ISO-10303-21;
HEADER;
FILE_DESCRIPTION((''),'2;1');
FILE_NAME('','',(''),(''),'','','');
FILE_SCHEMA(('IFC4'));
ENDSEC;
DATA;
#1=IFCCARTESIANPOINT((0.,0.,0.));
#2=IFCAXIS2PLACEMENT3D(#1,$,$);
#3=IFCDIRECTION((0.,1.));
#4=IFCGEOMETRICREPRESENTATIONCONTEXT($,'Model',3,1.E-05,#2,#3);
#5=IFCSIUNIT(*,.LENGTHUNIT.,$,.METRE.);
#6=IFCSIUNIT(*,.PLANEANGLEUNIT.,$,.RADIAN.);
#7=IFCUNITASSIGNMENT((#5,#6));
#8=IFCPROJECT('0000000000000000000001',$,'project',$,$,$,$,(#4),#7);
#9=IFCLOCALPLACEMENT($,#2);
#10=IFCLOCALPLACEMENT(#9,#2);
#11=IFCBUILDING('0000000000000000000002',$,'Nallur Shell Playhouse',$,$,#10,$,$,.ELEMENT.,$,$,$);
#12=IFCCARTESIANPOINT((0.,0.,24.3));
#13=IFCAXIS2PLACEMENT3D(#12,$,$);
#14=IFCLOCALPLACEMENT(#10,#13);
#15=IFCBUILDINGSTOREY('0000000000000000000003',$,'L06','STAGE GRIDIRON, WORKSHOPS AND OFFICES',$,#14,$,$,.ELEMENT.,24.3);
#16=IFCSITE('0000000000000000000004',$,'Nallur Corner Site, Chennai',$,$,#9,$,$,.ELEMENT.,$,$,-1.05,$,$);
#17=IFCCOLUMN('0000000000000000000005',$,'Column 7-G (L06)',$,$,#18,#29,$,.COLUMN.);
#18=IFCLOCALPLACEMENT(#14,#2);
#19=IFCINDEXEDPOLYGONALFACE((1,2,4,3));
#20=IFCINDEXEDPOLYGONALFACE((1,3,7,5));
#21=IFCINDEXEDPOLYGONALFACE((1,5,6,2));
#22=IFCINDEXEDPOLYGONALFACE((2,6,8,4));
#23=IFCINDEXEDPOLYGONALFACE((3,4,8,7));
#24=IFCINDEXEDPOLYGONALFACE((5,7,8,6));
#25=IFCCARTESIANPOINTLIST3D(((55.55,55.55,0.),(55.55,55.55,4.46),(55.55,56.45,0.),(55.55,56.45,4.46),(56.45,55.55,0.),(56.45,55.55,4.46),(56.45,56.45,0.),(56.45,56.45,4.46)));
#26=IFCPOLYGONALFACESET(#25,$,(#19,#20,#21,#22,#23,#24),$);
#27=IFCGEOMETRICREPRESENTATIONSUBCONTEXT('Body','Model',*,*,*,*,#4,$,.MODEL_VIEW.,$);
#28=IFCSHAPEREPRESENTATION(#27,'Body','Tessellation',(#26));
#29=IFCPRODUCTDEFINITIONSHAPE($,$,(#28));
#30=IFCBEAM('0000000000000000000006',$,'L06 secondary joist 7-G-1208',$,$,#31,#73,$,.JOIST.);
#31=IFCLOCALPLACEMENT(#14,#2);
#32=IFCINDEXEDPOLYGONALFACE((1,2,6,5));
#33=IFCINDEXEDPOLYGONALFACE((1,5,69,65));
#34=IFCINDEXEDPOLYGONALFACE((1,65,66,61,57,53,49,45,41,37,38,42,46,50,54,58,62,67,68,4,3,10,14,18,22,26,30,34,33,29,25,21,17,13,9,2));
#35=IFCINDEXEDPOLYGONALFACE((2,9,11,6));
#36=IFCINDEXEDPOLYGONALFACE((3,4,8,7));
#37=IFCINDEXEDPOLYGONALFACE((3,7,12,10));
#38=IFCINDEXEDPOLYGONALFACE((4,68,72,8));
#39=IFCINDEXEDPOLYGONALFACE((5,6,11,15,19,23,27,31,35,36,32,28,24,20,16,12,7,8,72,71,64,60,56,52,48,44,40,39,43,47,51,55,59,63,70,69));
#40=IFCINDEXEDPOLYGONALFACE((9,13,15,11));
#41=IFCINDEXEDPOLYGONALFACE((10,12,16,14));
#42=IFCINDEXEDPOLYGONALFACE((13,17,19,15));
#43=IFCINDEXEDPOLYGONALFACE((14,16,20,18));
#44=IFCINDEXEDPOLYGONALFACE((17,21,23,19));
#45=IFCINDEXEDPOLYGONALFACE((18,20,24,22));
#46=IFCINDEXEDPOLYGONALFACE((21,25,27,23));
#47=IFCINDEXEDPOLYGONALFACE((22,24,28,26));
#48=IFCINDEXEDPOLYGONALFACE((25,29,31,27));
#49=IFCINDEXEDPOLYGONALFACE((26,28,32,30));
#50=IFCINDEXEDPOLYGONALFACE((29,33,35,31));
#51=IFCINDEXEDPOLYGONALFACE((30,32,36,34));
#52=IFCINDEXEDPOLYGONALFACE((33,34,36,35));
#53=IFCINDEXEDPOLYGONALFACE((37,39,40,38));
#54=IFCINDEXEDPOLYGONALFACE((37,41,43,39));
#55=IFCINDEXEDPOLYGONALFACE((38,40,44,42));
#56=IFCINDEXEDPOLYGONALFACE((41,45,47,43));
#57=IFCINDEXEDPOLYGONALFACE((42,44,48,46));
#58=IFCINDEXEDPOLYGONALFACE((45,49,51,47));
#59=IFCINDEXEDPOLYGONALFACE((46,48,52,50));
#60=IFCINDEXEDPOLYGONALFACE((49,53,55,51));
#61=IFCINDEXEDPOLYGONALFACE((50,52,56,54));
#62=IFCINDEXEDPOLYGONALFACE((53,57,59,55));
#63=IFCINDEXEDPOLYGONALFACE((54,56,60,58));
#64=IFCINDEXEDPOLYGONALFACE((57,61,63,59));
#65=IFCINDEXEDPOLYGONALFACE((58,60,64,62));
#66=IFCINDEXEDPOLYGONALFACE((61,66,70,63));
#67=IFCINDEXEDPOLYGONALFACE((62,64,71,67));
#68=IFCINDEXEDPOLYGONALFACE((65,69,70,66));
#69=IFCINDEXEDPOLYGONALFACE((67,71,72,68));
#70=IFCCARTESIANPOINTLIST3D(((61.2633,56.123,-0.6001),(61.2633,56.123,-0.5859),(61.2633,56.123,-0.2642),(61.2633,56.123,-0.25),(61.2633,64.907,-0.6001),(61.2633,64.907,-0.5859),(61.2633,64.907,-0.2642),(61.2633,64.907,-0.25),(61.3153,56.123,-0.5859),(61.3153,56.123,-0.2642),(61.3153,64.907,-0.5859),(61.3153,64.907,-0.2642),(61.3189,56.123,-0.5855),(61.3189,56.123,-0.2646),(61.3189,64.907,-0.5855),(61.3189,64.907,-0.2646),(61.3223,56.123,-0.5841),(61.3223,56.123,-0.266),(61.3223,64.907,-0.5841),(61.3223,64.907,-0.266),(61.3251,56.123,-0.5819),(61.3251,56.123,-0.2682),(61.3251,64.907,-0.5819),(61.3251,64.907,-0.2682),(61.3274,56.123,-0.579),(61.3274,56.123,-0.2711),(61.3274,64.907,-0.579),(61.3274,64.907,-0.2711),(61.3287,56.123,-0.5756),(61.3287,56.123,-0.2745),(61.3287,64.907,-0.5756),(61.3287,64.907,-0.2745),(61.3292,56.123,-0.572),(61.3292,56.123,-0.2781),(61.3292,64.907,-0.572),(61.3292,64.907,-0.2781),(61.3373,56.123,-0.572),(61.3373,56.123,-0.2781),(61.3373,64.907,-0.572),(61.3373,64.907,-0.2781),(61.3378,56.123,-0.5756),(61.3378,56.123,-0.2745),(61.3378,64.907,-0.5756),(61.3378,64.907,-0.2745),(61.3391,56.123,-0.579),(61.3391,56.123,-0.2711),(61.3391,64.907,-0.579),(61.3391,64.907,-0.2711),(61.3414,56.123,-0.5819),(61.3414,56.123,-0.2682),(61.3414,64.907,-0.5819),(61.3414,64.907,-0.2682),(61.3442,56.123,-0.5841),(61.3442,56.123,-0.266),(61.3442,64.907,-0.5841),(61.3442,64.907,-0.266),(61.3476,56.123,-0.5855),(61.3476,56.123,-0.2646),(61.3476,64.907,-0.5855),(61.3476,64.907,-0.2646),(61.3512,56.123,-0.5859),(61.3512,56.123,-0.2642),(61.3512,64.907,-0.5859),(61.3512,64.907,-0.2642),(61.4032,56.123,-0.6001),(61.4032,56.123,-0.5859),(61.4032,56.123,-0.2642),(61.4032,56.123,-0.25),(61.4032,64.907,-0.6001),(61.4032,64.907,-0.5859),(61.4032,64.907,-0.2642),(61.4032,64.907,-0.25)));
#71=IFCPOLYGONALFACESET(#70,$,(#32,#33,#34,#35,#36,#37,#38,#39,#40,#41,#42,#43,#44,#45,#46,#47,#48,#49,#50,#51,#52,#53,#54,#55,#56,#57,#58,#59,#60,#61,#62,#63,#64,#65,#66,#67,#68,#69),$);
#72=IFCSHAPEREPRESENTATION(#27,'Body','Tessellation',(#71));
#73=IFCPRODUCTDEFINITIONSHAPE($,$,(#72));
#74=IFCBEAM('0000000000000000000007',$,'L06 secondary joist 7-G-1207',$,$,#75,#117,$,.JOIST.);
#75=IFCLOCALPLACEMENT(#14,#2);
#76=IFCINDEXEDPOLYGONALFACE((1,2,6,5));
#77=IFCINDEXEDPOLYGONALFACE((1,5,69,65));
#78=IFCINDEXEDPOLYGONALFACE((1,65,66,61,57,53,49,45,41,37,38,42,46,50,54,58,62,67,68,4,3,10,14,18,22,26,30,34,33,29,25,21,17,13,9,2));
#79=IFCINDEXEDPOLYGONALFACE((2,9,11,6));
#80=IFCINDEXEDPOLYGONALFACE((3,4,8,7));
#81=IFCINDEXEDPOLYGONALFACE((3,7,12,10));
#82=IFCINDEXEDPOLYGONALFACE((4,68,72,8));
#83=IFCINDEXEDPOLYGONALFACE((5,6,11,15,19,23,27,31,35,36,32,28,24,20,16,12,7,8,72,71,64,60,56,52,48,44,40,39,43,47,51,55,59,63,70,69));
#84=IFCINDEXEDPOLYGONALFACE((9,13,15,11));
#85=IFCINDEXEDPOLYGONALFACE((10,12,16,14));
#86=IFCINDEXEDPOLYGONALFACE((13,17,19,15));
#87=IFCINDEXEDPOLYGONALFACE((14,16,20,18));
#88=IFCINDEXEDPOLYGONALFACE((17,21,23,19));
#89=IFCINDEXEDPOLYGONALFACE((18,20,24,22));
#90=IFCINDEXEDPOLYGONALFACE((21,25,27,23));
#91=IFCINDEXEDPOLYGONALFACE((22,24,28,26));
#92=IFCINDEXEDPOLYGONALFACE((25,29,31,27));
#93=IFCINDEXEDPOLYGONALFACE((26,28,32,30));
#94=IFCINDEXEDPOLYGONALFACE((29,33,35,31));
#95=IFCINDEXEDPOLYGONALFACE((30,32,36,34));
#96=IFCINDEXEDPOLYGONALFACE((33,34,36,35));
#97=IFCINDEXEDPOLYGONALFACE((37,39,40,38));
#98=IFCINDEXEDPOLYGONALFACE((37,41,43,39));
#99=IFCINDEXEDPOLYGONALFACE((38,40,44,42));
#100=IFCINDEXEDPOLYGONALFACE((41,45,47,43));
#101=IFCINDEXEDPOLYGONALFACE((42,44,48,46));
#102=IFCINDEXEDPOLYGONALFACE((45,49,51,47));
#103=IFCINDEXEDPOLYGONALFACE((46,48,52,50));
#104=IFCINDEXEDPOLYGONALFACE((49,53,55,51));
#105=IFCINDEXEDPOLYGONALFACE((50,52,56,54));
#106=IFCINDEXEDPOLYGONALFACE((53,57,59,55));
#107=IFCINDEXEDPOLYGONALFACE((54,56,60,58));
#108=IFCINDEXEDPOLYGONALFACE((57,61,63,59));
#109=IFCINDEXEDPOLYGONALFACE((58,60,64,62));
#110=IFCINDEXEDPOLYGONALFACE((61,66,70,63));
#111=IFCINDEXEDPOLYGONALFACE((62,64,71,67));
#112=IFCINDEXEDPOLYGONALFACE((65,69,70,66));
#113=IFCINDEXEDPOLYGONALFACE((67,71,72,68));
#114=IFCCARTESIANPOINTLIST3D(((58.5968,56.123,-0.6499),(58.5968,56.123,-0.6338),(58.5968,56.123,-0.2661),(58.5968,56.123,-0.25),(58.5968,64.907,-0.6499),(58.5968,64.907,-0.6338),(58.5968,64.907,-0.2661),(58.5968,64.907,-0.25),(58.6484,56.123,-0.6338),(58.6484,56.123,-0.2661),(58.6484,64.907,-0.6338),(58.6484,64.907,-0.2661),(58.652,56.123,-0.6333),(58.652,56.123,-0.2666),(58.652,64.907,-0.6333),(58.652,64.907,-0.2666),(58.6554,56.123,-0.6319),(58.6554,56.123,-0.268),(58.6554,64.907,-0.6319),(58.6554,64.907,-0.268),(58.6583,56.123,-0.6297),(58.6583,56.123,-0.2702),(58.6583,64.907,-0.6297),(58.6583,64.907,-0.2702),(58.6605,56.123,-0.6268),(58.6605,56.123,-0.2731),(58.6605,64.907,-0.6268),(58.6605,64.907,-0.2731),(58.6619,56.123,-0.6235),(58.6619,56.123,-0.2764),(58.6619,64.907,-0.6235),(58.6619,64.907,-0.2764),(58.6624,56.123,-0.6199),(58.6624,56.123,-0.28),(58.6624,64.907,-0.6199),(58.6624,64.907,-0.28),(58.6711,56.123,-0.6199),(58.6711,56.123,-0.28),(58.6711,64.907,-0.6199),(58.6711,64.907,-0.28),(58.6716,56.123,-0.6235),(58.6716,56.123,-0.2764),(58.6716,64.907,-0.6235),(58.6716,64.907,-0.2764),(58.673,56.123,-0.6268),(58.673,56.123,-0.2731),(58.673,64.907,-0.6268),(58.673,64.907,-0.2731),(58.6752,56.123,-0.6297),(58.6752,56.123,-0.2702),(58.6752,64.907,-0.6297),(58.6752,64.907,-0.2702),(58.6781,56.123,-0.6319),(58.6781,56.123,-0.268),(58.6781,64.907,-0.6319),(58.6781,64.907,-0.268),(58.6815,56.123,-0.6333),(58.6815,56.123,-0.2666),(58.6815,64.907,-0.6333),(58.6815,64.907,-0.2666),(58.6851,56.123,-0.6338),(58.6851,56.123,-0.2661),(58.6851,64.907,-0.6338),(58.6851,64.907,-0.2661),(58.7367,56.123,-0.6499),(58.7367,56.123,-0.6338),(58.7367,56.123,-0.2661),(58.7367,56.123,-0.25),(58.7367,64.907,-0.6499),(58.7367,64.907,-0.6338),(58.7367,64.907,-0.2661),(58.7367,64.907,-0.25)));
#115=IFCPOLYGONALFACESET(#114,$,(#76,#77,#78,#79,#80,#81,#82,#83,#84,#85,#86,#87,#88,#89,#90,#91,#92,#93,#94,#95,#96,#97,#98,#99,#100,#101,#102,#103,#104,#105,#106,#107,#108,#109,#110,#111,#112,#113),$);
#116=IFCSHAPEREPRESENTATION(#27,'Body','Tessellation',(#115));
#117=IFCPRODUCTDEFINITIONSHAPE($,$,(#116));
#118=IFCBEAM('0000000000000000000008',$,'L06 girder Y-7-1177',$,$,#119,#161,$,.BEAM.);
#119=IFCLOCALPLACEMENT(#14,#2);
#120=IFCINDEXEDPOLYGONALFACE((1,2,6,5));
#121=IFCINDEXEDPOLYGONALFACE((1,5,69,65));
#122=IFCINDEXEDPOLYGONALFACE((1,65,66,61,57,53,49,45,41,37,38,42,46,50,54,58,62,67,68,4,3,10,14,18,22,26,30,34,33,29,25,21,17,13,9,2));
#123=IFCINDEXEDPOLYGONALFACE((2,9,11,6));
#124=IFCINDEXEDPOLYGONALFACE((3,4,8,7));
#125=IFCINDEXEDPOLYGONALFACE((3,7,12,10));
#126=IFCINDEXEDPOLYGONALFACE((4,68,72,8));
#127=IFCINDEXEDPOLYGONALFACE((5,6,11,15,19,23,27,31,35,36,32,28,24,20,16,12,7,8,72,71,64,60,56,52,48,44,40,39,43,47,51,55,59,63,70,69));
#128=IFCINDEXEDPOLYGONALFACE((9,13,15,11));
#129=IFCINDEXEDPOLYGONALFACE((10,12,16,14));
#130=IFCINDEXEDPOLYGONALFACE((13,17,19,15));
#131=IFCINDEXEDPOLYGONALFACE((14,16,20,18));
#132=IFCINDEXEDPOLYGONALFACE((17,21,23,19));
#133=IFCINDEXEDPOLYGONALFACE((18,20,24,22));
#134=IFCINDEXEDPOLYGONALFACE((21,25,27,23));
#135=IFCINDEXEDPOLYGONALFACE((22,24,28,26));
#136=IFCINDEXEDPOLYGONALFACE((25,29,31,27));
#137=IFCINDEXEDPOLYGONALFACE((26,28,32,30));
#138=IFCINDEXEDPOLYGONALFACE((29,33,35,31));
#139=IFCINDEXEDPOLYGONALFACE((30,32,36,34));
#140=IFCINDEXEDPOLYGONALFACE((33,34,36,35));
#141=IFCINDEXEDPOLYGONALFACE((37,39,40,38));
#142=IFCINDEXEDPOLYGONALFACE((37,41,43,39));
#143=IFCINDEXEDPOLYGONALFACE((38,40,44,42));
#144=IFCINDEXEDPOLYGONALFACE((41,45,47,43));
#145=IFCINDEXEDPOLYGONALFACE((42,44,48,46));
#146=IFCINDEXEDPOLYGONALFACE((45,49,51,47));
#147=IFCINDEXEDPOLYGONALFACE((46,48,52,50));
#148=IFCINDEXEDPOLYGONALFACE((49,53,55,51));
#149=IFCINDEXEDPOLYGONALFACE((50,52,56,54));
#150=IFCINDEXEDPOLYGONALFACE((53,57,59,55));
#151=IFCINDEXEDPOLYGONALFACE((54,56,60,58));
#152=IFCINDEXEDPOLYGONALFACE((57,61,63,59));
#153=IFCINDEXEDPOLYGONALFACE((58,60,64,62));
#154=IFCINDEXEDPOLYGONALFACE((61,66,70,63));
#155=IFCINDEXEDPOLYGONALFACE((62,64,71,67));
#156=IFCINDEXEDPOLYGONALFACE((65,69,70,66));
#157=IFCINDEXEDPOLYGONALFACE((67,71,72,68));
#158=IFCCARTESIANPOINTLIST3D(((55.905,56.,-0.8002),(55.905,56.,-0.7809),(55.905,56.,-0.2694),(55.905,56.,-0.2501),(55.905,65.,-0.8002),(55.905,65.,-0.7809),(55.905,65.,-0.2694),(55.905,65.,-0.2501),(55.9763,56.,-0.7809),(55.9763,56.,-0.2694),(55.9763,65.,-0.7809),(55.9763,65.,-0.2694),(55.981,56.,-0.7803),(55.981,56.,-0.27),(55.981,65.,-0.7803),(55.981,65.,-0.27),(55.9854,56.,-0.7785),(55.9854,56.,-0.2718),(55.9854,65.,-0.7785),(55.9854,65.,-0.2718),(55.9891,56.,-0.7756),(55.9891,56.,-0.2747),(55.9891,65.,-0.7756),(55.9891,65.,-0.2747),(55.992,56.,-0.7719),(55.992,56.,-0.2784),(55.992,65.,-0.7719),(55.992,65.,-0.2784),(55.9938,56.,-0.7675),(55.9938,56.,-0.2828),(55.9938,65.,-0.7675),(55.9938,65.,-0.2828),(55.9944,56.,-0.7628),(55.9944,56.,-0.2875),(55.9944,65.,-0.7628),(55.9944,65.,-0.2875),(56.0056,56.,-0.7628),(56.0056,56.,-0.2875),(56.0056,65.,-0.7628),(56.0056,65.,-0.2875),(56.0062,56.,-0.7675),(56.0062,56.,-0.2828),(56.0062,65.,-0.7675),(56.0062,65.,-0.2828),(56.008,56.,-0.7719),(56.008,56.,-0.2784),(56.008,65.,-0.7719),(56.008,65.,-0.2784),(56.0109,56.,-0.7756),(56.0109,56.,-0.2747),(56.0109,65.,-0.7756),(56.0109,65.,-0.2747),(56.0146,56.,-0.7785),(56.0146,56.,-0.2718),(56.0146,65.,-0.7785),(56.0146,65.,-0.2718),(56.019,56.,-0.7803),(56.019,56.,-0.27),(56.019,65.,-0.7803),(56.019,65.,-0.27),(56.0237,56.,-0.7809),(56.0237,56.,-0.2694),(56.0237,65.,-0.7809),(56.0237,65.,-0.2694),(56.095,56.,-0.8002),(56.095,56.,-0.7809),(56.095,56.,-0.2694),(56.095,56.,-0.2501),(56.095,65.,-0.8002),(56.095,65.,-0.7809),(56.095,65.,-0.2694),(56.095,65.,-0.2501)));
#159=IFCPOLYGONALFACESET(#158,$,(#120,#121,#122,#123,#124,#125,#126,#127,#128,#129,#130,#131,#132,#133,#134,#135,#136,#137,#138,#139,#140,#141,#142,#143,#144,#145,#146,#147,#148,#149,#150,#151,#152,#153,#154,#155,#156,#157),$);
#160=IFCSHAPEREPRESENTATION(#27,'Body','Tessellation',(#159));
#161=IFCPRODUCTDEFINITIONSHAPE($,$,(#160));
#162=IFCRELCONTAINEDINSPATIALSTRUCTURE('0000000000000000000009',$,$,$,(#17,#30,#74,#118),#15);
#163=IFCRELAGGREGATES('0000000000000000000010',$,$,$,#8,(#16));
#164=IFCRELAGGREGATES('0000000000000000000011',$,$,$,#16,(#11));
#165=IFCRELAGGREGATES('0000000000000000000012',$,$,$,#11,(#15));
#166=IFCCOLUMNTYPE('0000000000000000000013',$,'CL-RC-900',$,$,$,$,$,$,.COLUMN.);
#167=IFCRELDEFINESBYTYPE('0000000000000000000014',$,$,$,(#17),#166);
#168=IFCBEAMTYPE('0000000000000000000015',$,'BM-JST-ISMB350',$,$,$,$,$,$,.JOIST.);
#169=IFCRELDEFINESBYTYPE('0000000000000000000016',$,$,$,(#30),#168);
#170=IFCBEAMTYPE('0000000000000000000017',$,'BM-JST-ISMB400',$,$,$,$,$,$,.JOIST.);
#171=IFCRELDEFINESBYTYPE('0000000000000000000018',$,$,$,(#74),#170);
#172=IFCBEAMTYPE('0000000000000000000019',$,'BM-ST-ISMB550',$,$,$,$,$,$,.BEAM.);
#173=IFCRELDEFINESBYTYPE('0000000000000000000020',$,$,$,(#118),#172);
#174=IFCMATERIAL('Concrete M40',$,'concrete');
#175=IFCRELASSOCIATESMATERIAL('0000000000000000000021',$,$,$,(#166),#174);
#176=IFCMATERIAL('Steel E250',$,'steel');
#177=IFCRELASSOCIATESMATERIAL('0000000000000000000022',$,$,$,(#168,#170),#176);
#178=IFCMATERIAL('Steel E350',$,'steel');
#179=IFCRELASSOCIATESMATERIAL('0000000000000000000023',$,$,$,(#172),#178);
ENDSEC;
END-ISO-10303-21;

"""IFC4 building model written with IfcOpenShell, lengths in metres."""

from ifc_helpers import new_model, si_unit, direction, frame, origin, origin_2d, place, context, subcontext, project, spatial, rectangle, i_section, extrude, material, material_profile, profile_set, type_object, element, save


model = new_model("IFC4")

# Units and contexts
model_context = context("Model", 3, precision=1e-05, world=origin(), true_north=direction((0.0, 1.0)))
body_context = subcontext(model_context, "Body", "Model", "MODEL_VIEW")
ifc_project = project(units=[si_unit("LENGTHUNIT", "METRE"), si_unit("PLANEANGLEUNIT", "RADIAN")], contexts=[model_context])

# Site, building, storey
site_placement = place(None, origin())
site = spatial("IfcSite", under=ifc_project, at=site_placement, Name="Nallur Corner Site, Chennai", CompositionType="ELEMENT", RefElevation=-1.05)
building_placement = place(site_placement, origin())
building = spatial("IfcBuilding", under=site, at=building_placement, Name="Nallur Shell Playhouse", CompositionType="ELEMENT")
storey_placement = place(building_placement, frame((0.0, 0.0, 24.3)))
storey = spatial("IfcBuildingStorey", under=building, at=storey_placement, Name="L06", Description="STAGE GRIDIRON, WORKSHOPS AND OFFICES", CompositionType="ELEMENT", Elevation=24.3)

# Column
ifc_material_1 = material(Name="Concrete M40", Category="concrete")
ifc_material_profile_1 = material_profile(ifc_material_1, rectangle(XDim=0.8999, YDim=0.8999, at=origin_2d()), Name="RC 900x900")
ifc_profile_set_1 = profile_set([ifc_material_profile_1], Name="Concrete M40")
column_type = type_object("IfcColumnType", Name="CL-RC-900", PredefinedType="COLUMN", material=ifc_profile_set_1)
column_placement = place(storey_placement, frame((56.0, 56.0, 0.0), z_axis=(0.0, 0.0, 1.0), x_axis=(1.0, 0.0, 0.0)))
element("IfcColumn", 1, at=column_placement, inside=storey, type_object=column_type, Name="Column 7-G (L06)", PredefinedType="COLUMN", context=body_context, shape_type="SweptSolid", body=[
    extrude(rectangle(XDim=0.8999, YDim=0.8999, at=origin_2d()), origin(), (0.0, 0.0, 1.0), 4.46),
])

# Beams
ifc_material_2 = material(Name="Steel E250", Category="steel")
ifc_material_profile_2 = material_profile(ifc_material_2, i_section(OverallWidth=0.1399, OverallDepth=0.3501, WebThickness=0.0081, FlangeThickness=0.0142, FilletRadius=0.0139, at=origin_2d()), Name="ISMB 350")
ifc_profile_set_2 = profile_set([ifc_material_profile_2], Name="Steel E250")
beam_type_1 = type_object("IfcBeamType", Name="BM-JST-ISMB350", PredefinedType="JOIST", material=ifc_profile_set_2)
beam_1_placement = place(storey_placement, frame((61.3333, 56.123, -0.425), z_axis=(0.0, 1.0, 0.0), x_axis=(-1.0, 0.0, 0.0)))
element("IfcBeam", 2, at=beam_1_placement, inside=storey, type_object=beam_type_1, Name="L06 secondary joist 7-G-1208", PredefinedType="JOIST", context=body_context, shape_type="SweptSolid", body=[
    extrude(i_section(OverallWidth=0.1399, OverallDepth=0.3501, WebThickness=0.0081, FlangeThickness=0.0142, FilletRadius=0.0139, at=origin_2d()), origin(), (0.0, 0.0, 1.0), 8.7839),
])
ifc_material_profile_3 = material_profile(ifc_material_2, i_section(OverallWidth=0.1399, OverallDepth=0.3999, WebThickness=0.0088, FlangeThickness=0.0161, FilletRadius=0.0139, at=origin_2d()), Name="ISMB 400")
ifc_profile_set_3 = profile_set([ifc_material_profile_3], Name="Steel E250")
beam_type_2 = type_object("IfcBeamType", Name="BM-JST-ISMB400", PredefinedType="JOIST", material=ifc_profile_set_3)
beam_2_placement = place(storey_placement, frame((58.6667, 56.123, -0.45), z_axis=(0.0, 1.0, 0.0), x_axis=(-1.0, 0.0, 0.0)))
element("IfcBeam", 3, at=beam_2_placement, inside=storey, type_object=beam_type_2, Name="L06 secondary joist 7-G-1207", PredefinedType="JOIST", context=body_context, shape_type="SweptSolid", body=[
    extrude(i_section(OverallWidth=0.1399, OverallDepth=0.3999, WebThickness=0.0088, FlangeThickness=0.0161, FilletRadius=0.0139, at=origin_2d()), origin(), (0.0, 0.0, 1.0), 8.7839),
])
ifc_material_3 = material(Name="Steel E350", Category="steel")
ifc_material_profile_4 = material_profile(ifc_material_3, i_section(OverallWidth=0.1899, OverallDepth=0.55, WebThickness=0.0112, FlangeThickness=0.0193, FilletRadius=0.0181, at=origin_2d()), Name="ISMB 550")
ifc_profile_set_4 = profile_set([ifc_material_profile_4], Name="Steel E350")
beam_type_3 = type_object("IfcBeamType", Name="BM-ST-ISMB550", PredefinedType="BEAM", material=ifc_profile_set_4)
beam_3_placement = place(storey_placement, frame((56.0, 56.0, -0.5251), z_axis=(0.0, 1.0, 0.0), x_axis=(-1.0, 0.0, 0.0)))
element("IfcBeam", 4, at=beam_3_placement, inside=storey, type_object=beam_type_3, Name="L06 girder Y-7-1177", PredefinedType="BEAM", context=body_context, shape_type="SweptSolid", body=[
    extrude(i_section(OverallWidth=0.1899, OverallDepth=0.55, WebThickness=0.0112, FlangeThickness=0.0193, FilletRadius=0.0181, at=origin_2d()), origin(), (0.0, 0.0, 1.0), 9.0),
])

save(model, "model.ifc")
